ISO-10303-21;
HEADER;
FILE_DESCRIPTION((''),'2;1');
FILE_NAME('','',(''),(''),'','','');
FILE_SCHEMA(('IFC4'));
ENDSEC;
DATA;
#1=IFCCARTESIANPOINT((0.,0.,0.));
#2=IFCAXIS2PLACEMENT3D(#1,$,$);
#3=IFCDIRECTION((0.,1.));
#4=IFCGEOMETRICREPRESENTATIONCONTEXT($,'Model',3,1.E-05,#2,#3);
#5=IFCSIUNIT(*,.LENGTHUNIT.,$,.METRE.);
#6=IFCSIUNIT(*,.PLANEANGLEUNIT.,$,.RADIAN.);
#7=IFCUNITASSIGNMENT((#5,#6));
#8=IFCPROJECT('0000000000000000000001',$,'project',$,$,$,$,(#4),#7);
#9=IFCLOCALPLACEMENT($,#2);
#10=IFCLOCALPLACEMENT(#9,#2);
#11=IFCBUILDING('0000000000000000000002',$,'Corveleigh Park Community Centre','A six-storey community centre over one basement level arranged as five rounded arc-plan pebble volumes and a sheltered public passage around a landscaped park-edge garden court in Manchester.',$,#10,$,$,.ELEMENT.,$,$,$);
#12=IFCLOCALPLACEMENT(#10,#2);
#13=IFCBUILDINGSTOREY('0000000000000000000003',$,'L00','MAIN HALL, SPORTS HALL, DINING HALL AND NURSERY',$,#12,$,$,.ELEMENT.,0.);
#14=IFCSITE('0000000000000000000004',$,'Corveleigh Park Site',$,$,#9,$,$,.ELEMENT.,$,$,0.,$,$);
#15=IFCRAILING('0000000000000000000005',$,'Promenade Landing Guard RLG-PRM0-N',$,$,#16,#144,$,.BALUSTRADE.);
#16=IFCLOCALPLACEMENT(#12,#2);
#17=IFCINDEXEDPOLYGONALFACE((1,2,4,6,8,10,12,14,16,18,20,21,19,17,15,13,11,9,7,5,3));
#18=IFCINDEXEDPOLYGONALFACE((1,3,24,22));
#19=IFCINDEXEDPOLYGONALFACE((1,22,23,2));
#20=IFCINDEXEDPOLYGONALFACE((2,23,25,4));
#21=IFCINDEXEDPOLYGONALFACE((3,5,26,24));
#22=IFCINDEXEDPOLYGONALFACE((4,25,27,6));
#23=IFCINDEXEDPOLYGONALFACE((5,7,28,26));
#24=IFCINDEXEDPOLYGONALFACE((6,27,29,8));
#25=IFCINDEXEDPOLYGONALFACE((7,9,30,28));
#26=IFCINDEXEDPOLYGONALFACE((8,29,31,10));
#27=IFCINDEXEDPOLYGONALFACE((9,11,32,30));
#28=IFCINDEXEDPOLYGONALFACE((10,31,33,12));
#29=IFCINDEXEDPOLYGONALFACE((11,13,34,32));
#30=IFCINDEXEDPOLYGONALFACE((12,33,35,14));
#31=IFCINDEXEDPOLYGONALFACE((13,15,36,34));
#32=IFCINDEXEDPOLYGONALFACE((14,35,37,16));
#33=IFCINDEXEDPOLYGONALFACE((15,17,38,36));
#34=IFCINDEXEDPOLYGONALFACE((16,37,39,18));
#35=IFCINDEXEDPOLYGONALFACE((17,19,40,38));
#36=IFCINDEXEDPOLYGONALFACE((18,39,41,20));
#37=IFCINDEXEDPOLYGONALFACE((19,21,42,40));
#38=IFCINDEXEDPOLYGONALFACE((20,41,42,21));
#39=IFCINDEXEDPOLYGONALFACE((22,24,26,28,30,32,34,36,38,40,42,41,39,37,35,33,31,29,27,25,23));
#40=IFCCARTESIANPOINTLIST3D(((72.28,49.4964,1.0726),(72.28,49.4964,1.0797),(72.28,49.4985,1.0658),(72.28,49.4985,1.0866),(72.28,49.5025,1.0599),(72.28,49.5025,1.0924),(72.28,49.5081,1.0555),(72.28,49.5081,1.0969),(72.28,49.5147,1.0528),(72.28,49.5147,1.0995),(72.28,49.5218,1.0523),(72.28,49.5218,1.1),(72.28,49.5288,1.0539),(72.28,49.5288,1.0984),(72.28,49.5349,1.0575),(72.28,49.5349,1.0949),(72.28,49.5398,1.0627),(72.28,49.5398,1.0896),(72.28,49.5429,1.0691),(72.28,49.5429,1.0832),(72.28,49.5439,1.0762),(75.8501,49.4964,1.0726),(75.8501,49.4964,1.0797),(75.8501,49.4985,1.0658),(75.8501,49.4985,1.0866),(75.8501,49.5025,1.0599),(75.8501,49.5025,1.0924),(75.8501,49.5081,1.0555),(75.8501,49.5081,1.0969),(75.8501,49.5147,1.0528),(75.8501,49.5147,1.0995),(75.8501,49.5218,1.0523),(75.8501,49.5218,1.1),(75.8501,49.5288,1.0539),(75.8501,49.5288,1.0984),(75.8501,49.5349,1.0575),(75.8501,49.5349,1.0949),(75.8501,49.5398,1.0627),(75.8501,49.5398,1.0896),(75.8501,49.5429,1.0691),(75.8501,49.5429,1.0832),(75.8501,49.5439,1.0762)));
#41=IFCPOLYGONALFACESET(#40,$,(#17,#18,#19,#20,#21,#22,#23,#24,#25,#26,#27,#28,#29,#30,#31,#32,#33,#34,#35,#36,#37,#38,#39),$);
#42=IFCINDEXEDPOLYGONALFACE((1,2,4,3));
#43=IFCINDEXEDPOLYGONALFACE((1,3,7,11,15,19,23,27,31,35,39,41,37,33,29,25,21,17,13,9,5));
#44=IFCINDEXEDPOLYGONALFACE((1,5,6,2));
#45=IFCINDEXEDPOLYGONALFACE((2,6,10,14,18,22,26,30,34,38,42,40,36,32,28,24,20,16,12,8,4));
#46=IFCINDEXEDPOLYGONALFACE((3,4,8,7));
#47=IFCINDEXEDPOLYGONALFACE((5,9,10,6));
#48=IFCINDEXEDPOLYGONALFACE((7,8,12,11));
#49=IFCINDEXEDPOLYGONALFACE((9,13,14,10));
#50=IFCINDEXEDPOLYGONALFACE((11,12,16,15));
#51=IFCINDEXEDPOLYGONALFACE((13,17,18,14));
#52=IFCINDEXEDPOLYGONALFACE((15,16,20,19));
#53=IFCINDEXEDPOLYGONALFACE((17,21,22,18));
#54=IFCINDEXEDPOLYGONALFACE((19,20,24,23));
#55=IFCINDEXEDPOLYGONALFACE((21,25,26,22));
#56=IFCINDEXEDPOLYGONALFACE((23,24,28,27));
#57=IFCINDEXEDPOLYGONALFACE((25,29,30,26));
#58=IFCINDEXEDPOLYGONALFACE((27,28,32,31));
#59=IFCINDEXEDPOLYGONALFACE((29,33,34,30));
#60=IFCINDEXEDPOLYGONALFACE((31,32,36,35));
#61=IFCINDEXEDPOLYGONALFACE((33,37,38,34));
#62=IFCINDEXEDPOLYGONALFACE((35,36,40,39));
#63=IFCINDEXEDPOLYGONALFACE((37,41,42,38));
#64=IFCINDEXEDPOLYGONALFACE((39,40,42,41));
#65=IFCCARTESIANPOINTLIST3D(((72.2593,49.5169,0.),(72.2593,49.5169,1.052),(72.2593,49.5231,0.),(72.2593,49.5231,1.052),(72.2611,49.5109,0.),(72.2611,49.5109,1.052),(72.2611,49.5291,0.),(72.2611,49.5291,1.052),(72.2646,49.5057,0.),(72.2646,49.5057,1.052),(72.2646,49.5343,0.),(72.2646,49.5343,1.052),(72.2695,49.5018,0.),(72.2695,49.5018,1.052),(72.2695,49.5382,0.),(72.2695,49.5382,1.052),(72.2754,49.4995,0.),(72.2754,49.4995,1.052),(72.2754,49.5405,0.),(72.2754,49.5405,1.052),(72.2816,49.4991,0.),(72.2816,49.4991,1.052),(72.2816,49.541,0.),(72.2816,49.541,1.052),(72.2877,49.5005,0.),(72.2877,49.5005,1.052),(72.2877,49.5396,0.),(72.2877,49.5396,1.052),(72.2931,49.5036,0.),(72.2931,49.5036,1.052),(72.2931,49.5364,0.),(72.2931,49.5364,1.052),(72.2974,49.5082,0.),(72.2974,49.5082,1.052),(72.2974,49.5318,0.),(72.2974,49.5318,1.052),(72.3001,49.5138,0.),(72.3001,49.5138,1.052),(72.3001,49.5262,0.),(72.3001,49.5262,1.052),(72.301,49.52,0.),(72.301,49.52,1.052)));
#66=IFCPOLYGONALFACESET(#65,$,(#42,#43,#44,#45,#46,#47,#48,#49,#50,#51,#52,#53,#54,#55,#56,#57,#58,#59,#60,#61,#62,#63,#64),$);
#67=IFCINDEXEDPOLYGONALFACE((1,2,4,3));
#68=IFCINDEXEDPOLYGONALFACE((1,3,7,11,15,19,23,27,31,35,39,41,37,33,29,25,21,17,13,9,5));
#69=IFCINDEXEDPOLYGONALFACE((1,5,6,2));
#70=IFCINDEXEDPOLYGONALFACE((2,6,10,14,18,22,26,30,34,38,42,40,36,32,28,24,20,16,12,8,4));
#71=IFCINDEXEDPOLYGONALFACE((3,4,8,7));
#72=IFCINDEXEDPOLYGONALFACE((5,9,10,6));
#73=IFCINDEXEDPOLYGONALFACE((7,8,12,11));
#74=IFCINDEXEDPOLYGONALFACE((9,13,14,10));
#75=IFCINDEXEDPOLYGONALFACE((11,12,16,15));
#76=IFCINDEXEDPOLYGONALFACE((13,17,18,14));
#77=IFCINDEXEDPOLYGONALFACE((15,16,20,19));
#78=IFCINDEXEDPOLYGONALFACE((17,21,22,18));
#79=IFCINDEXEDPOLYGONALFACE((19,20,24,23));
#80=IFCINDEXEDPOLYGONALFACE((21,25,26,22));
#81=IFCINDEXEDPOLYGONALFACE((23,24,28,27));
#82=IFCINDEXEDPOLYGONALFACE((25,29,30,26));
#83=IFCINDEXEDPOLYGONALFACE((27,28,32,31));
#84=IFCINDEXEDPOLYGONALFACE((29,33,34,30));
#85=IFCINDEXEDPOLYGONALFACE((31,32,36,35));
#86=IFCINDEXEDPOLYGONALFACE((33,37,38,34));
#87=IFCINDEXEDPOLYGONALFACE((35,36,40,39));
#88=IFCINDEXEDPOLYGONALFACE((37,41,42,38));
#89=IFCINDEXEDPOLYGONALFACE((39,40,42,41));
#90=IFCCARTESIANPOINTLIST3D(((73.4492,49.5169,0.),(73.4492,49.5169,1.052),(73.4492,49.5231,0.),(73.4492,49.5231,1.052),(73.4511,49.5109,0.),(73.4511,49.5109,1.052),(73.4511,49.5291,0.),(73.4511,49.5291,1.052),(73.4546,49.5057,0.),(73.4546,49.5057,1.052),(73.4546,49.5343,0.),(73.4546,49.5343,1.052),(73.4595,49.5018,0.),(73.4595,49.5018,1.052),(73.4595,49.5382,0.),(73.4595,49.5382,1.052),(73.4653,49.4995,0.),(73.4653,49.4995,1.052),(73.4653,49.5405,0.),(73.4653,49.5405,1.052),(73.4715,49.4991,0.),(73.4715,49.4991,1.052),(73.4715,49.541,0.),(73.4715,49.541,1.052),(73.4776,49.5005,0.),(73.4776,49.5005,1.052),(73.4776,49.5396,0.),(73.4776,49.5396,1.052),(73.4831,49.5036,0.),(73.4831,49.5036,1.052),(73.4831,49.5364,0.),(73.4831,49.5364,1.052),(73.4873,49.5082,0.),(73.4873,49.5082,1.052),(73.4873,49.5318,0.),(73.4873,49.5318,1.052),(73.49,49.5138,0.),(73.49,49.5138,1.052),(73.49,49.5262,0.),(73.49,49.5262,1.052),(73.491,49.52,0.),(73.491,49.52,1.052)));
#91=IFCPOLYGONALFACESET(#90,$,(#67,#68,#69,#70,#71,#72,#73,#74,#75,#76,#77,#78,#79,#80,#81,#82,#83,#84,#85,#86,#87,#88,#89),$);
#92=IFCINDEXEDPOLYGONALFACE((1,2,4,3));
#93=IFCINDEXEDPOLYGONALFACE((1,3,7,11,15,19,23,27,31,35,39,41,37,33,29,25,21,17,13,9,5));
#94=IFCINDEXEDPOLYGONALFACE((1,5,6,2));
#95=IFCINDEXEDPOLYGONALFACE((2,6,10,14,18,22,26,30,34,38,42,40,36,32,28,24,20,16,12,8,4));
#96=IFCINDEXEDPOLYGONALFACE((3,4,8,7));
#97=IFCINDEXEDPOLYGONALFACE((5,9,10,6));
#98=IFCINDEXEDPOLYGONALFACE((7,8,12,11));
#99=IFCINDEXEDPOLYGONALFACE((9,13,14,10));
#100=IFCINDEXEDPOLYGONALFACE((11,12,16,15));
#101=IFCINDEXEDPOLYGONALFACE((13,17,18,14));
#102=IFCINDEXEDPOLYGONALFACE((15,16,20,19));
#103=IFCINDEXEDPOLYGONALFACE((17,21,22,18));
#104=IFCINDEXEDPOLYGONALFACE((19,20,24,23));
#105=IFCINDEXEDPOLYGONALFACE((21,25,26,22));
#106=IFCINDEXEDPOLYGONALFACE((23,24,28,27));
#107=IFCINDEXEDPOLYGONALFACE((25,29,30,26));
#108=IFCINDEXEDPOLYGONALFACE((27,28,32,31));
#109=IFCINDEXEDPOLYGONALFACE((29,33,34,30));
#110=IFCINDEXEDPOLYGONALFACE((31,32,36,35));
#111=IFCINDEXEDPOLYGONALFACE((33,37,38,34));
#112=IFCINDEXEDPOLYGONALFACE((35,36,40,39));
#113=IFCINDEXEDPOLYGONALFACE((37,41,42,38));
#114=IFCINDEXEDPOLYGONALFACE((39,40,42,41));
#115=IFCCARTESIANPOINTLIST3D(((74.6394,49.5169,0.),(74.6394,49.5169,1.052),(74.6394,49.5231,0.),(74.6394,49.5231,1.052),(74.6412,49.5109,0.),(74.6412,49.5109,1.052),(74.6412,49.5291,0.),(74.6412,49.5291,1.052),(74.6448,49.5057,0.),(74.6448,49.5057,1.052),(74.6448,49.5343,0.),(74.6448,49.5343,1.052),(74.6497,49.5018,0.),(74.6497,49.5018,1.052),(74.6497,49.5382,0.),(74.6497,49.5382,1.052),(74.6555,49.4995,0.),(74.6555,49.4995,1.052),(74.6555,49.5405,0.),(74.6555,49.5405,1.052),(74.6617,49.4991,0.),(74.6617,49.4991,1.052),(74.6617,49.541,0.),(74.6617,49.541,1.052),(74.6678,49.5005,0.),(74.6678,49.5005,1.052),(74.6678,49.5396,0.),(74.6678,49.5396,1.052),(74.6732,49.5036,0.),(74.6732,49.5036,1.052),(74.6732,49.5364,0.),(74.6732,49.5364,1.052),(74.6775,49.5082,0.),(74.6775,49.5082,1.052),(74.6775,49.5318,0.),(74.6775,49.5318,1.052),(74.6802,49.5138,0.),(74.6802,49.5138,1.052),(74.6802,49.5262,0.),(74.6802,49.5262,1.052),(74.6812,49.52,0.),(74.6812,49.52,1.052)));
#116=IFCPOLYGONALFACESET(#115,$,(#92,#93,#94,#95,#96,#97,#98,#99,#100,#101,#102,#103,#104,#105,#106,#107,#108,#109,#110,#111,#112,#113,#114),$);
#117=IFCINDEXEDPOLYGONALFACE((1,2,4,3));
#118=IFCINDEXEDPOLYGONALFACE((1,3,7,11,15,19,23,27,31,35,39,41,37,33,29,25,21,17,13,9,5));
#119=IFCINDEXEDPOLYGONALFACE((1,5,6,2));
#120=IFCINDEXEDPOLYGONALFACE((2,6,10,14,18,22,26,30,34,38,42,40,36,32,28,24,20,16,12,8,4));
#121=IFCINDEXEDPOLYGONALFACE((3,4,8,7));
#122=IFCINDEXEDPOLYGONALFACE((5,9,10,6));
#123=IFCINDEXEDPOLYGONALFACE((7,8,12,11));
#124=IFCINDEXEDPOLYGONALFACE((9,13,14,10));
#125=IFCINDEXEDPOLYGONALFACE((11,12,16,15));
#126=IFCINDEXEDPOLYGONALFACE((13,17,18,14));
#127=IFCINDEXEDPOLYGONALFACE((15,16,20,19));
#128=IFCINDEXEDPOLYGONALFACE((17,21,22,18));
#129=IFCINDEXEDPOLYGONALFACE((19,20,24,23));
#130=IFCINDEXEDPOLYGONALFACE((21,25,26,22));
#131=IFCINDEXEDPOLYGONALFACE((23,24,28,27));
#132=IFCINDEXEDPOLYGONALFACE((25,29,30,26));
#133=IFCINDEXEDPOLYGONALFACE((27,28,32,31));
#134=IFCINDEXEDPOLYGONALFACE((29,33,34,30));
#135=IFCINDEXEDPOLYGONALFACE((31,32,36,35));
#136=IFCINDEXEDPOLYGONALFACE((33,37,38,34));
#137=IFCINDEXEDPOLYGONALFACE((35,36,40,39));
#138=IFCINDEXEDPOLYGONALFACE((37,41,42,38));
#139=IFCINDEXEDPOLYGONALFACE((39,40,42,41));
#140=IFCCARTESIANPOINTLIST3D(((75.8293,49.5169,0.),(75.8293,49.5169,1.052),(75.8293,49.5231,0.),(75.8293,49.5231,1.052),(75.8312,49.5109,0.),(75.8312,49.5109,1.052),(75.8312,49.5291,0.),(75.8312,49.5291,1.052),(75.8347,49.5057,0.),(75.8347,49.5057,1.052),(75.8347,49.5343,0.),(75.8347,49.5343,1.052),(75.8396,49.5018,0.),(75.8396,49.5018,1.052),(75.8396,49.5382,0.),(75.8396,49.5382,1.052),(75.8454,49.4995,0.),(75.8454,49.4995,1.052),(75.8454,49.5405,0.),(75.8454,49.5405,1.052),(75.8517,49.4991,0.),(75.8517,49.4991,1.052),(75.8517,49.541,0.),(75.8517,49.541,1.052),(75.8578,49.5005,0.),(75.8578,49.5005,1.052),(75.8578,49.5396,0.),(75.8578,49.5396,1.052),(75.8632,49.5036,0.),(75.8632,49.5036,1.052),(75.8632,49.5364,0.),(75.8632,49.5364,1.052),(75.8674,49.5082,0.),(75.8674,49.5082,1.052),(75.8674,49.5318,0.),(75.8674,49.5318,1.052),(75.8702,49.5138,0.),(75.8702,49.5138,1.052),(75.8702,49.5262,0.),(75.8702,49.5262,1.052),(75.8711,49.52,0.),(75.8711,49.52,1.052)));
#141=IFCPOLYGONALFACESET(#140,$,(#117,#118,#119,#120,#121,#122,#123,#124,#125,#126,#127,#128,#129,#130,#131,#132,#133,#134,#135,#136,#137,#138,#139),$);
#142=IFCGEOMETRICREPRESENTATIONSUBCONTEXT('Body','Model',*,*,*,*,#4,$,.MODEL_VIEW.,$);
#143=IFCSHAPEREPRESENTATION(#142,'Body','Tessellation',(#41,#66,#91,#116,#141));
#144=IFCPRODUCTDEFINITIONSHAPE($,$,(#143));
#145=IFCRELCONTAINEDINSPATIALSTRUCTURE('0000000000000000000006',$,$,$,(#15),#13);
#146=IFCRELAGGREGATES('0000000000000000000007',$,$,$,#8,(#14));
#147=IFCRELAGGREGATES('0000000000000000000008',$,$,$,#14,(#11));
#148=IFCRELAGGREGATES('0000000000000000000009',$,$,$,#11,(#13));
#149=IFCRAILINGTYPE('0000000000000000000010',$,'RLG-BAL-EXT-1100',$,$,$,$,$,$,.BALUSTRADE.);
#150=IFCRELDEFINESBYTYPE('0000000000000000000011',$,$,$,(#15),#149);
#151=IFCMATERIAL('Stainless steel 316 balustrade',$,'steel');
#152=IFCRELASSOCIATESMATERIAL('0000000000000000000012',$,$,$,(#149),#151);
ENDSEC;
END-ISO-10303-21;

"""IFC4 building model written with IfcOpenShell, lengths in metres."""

from ifc_helpers import new_model, si_unit, direction, frame, origin, origin_2d, place, context, subcontext, project, spatial, circle, extrude, material, type_object, element, save


model = new_model("IFC4")

# Units and contexts
model_context = context("Model", 3, precision=1e-05, world=origin(), true_north=direction((0.0, 1.0)))
body_context = subcontext(model_context, "Body", "Model", "MODEL_VIEW")
ifc_project = project(units=[si_unit("LENGTHUNIT", "METRE"), si_unit("PLANEANGLEUNIT", "RADIAN")], contexts=[model_context])

# Site, building, storey
site_placement = place(None, origin())
site = spatial("IfcSite", under=ifc_project, at=site_placement, Name="Corveleigh Park Site", CompositionType="ELEMENT", RefElevation=0.0)
building_placement = place(site_placement, origin())
building = spatial("IfcBuilding", under=site, at=building_placement, Name="Corveleigh Park Community Centre", Description="A six-storey community centre over one basement level arranged as five rounded arc-plan pebble volumes and a sheltered public passage around a landscaped park-edge garden court in Manchester.", CompositionType="ELEMENT")
storey_placement = place(building_placement, origin())
storey = spatial("IfcBuildingStorey", under=building, at=storey_placement, Name="L00", Description="MAIN HALL, SPORTS HALL, DINING HALL AND NURSERY", CompositionType="ELEMENT", Elevation=0.0)

# Railing
ifc_material_1 = material(Name="Stainless steel 316 balustrade", Category="steel")
railing_type = type_object("IfcRailingType", Name="RLG-BAL-EXT-1100", PredefinedType="BALUSTRADE", material=ifc_material_1)
for number, where, name in (
    (1, (72.28, 49.52, 0.0), "Promenade Landing Guard RLG-PRM0-N"),
):
    element("IfcRailing", number, at=place(storey_placement, frame(where)), inside=storey, type_object=railing_type, Name=name, PredefinedType="BALUSTRADE", context=body_context, shape_type="SweptSolid", body=[
        extrude(circle(Radius=0.0239, at=origin_2d()), frame((0.0, 0.0, 1.0762), z_axis=(1.0, 0.0, 0.0), x_axis=(0.0, 1.0, 0.0)), (0.0, 0.0, 1.0), 3.5701),
        extrude(circle(Radius=0.021, at=origin_2d()), origin(), (0.0, 0.0, 1.0), 1.052),
        extrude(circle(Radius=0.021, at=origin_2d()), frame((1.1899, 0.0, 0.0)), (0.0, 0.0, 1.0), 1.052),
        extrude(circle(Radius=0.021, at=origin_2d()), frame((2.3801, 0.0, 0.0)), (0.0, 0.0, 1.0), 1.052),
        extrude(circle(Radius=0.021, at=origin_2d()), frame((3.5701, 0.0, 0.0)), (0.0, 0.0, 1.0), 1.052),
    ])

save(model, "model.ifc")
